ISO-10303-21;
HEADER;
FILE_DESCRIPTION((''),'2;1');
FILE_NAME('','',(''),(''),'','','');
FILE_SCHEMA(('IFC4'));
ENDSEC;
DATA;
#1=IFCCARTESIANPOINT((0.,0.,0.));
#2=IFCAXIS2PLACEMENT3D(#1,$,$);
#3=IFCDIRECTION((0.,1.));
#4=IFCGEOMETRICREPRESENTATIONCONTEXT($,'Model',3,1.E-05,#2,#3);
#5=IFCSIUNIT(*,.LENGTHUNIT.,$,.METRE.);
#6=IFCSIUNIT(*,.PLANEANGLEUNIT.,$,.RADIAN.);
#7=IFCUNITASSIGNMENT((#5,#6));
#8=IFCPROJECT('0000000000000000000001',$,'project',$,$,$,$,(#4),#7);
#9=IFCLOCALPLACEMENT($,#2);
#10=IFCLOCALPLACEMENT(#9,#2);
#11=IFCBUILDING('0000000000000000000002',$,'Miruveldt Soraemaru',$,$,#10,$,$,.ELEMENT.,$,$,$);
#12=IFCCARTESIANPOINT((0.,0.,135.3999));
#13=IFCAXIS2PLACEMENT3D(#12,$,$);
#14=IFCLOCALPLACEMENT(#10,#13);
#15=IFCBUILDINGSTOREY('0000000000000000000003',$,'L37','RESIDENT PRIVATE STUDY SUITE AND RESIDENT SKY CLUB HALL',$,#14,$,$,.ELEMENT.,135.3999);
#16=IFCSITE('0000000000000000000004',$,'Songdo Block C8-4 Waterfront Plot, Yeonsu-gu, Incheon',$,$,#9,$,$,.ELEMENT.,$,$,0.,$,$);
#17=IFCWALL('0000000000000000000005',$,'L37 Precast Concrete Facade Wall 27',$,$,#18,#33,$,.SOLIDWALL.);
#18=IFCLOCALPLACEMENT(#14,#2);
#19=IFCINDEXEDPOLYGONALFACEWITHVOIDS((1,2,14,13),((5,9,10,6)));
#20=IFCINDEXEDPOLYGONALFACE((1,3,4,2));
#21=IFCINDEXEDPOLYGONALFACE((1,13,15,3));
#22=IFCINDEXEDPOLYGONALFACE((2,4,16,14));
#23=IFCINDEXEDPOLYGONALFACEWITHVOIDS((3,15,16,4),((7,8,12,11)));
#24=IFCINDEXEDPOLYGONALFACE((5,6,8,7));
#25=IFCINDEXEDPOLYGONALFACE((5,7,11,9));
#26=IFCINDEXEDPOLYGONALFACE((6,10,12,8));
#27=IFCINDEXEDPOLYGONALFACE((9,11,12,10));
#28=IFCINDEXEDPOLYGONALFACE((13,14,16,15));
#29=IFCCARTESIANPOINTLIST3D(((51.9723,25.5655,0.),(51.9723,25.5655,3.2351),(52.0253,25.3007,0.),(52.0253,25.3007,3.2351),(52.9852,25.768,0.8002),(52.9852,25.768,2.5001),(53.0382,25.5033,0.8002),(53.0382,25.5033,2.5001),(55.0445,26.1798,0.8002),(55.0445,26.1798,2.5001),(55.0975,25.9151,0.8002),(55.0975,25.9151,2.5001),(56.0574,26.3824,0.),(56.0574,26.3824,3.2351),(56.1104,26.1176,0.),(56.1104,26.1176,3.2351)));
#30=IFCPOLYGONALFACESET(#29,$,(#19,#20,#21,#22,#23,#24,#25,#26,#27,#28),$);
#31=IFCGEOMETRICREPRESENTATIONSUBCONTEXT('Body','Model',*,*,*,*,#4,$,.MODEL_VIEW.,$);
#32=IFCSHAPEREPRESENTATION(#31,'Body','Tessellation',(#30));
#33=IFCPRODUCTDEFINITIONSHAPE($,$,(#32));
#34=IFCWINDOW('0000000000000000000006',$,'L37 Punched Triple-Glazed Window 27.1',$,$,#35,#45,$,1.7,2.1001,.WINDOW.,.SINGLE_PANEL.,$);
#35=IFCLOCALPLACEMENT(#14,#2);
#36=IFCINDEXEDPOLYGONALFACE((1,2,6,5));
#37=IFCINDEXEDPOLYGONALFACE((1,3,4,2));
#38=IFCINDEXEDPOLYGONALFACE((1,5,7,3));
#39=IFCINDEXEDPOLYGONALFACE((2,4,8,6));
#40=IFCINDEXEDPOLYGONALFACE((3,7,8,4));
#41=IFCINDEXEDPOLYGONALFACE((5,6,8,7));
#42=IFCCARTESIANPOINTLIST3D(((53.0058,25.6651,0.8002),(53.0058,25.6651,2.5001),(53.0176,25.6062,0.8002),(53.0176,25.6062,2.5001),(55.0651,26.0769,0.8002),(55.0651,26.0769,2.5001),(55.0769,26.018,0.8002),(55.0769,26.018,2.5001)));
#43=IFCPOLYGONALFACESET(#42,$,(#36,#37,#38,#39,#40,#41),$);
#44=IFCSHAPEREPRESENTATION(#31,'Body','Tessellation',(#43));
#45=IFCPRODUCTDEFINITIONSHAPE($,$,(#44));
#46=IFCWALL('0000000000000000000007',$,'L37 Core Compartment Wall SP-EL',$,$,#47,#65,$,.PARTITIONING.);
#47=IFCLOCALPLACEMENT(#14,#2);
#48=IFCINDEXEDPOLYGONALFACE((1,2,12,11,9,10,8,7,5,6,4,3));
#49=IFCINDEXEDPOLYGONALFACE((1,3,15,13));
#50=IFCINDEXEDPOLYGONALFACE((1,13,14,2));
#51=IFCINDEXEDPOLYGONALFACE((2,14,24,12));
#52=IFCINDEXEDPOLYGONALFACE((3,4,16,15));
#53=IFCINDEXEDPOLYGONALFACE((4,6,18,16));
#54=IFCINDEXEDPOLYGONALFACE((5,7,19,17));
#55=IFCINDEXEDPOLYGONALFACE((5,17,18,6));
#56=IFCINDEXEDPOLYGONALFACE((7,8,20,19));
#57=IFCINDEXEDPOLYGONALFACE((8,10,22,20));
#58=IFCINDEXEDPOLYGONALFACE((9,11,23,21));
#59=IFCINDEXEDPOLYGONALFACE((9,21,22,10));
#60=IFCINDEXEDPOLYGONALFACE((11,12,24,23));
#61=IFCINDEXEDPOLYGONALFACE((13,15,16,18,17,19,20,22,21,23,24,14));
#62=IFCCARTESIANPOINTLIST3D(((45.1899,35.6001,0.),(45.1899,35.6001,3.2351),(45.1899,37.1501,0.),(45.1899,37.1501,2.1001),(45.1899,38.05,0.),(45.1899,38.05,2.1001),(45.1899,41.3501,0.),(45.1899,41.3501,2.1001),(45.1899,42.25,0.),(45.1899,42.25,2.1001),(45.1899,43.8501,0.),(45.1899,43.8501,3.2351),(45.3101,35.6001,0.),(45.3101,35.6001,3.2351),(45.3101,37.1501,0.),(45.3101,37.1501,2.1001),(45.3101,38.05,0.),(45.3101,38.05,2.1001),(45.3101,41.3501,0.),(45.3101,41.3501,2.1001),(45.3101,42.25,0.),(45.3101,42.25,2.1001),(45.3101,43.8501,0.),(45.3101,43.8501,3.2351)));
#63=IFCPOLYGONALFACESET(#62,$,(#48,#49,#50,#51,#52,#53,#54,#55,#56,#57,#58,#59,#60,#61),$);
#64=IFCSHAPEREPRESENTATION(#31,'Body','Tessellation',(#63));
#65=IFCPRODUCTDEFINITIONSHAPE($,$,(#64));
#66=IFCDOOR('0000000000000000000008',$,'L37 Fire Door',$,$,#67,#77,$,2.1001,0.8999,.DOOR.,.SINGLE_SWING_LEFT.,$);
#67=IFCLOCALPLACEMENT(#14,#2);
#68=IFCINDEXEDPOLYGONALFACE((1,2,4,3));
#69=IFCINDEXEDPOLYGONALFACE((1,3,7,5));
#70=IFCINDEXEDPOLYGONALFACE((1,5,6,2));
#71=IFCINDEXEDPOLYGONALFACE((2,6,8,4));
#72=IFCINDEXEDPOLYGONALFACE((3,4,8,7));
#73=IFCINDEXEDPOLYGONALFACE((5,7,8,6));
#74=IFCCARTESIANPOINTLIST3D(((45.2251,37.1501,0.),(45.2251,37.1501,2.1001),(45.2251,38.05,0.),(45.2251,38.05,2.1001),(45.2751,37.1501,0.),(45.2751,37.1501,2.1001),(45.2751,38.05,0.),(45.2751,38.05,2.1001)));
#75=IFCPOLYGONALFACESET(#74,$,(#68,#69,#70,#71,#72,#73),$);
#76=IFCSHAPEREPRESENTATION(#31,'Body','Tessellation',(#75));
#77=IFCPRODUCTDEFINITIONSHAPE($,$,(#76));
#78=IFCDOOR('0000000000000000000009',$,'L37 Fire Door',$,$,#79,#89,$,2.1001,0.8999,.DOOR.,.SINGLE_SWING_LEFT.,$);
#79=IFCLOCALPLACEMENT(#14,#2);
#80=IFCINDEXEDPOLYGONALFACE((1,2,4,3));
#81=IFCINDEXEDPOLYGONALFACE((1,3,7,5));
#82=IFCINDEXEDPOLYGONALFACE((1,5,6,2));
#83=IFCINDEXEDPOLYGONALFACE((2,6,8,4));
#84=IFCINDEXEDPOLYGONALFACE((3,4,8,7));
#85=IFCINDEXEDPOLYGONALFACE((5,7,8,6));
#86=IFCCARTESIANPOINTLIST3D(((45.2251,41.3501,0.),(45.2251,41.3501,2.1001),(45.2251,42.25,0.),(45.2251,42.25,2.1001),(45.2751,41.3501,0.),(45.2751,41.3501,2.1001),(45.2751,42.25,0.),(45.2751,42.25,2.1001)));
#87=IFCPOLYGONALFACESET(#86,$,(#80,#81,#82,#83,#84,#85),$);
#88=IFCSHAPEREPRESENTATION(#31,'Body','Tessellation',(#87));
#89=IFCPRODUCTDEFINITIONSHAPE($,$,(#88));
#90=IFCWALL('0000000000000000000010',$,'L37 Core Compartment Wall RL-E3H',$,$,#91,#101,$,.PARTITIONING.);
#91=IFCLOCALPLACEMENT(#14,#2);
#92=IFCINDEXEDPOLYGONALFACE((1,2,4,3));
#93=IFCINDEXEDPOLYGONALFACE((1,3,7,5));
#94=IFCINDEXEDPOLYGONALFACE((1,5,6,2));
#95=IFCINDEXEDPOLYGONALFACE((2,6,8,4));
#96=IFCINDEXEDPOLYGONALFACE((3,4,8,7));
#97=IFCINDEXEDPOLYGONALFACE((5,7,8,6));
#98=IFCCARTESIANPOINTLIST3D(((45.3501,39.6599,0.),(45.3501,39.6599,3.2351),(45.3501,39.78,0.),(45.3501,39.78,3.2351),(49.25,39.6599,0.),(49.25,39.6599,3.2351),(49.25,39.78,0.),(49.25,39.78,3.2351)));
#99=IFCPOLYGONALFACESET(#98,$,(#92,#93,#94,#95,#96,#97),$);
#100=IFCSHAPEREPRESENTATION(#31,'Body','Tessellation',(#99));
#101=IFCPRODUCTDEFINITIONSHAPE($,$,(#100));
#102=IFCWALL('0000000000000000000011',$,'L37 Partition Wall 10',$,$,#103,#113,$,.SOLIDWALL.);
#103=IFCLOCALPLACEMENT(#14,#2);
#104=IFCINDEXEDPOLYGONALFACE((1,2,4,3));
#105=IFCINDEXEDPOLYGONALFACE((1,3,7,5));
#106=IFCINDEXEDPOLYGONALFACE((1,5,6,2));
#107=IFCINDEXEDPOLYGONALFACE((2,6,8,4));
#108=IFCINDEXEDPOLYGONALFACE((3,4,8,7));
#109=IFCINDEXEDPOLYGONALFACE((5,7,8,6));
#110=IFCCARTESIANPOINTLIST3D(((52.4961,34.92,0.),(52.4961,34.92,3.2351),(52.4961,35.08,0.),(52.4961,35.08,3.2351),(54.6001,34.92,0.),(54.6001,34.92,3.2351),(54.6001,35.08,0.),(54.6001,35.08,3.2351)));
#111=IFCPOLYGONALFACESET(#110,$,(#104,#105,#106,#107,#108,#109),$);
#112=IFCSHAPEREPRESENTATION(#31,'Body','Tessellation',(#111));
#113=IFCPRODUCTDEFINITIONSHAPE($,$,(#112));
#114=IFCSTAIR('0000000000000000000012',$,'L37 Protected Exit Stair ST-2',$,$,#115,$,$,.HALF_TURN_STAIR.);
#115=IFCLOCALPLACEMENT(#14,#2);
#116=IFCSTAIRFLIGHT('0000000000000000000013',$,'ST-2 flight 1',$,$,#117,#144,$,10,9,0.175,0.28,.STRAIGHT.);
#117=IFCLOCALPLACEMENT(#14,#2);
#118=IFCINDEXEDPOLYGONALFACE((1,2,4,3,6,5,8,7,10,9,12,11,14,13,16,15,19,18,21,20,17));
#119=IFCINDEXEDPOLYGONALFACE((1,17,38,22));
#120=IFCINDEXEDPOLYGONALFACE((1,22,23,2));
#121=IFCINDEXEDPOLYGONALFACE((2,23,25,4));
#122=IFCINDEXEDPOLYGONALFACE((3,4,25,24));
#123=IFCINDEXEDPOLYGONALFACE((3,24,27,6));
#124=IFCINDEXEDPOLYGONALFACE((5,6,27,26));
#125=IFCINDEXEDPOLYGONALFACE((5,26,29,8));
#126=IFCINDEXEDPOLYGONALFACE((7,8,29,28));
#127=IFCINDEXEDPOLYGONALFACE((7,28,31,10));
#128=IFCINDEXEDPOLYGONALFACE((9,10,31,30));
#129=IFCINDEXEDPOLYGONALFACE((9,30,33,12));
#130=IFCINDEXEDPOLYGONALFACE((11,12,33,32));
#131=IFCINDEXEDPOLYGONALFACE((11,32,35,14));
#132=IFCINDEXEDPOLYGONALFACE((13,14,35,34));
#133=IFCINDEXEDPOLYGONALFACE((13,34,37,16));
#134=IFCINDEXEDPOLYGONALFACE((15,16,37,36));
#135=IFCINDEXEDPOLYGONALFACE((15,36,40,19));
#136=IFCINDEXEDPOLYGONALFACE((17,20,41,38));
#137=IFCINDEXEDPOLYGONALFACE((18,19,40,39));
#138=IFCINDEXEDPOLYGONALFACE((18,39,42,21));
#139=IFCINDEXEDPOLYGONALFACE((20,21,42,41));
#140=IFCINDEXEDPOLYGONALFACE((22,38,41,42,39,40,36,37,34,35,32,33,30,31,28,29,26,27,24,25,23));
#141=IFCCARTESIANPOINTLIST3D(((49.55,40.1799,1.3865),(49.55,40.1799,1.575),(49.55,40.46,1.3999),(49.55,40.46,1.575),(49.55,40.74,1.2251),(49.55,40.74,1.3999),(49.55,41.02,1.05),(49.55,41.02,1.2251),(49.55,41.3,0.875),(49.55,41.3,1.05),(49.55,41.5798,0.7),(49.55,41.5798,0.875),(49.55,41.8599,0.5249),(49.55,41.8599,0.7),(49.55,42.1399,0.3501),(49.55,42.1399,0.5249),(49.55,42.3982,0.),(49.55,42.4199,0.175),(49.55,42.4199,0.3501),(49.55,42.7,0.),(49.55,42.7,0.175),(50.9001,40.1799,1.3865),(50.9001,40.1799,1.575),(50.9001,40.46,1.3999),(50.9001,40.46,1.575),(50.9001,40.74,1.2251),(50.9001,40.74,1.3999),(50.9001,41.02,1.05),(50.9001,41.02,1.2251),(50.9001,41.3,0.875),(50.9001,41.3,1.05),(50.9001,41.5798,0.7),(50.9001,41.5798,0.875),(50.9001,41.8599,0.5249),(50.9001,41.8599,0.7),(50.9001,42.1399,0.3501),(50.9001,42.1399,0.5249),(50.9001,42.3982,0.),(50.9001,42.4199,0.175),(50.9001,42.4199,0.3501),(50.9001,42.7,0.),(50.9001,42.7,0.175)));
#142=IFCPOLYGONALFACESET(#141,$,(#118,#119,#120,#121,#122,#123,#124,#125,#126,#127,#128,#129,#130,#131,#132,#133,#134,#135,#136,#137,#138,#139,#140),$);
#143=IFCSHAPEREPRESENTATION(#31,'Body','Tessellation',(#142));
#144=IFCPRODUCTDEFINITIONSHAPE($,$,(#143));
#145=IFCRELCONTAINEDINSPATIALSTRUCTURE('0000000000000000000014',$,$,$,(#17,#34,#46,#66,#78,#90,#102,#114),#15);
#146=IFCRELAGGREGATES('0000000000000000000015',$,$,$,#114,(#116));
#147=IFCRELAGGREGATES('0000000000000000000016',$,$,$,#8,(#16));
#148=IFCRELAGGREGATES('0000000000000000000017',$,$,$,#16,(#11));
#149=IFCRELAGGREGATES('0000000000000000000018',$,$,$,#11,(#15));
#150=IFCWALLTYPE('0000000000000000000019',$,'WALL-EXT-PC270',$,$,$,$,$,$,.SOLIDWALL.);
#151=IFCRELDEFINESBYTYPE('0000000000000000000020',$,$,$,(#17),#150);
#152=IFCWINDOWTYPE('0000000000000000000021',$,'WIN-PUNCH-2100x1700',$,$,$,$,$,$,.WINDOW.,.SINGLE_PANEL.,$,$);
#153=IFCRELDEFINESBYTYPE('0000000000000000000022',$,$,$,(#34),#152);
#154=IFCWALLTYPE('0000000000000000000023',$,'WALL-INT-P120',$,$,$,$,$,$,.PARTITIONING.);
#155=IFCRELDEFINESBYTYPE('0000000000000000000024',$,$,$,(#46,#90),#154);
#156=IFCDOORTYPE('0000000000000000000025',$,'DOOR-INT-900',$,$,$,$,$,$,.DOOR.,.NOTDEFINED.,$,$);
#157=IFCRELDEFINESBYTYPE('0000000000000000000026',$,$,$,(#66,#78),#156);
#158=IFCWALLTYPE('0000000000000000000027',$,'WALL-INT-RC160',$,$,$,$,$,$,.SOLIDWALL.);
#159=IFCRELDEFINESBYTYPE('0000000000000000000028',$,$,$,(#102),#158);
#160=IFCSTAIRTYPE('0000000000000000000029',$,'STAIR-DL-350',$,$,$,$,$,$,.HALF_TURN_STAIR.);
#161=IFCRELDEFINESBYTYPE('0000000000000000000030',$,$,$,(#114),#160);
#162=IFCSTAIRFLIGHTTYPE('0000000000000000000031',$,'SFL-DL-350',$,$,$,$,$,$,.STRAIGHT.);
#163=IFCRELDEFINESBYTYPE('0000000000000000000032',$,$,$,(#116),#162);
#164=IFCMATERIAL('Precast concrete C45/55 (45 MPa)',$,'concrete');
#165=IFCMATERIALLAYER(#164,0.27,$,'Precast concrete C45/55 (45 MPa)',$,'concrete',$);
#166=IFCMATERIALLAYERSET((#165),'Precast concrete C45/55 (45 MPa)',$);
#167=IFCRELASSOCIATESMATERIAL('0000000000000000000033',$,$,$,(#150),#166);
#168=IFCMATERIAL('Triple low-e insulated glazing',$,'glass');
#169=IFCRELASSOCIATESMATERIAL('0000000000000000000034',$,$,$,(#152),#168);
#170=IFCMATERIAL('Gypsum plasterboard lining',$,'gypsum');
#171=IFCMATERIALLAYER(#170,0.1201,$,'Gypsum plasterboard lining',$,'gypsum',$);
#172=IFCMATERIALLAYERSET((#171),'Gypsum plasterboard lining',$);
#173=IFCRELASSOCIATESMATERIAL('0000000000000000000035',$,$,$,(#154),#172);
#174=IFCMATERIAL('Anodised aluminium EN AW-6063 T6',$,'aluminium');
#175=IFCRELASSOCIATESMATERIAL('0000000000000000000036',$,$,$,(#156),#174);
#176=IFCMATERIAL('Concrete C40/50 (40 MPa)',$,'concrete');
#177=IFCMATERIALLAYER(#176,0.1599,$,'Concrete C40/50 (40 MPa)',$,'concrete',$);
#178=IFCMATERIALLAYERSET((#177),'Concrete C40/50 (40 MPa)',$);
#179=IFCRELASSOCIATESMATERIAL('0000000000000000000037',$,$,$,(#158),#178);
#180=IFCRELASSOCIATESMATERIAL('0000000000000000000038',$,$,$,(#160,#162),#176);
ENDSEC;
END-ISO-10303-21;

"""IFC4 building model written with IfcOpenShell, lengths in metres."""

from ifc_helpers import new_model, si_unit, direction, frame, frame_2d, origin, place, context, subcontext, project, spatial, polyline, rectangle, outline, extrude, material, layer, layer_set, type_object, element, fill, aggregate, save


model = new_model("IFC4")

# Units and contexts
model_context = context("Model", 3, precision=1e-05, world=origin(), true_north=direction((0.0, 1.0)))
body_context = subcontext(model_context, "Body", "Model", "MODEL_VIEW")
ifc_project = project(units=[si_unit("LENGTHUNIT", "METRE"), si_unit("PLANEANGLEUNIT", "RADIAN")], contexts=[model_context])

# Site, building, storey
site_placement = place(None, origin())
site = spatial("IfcSite", under=ifc_project, at=site_placement, Name="Songdo Block C8-4 Waterfront Plot, Yeonsu-gu, Incheon", CompositionType="ELEMENT", RefElevation=0.0)
building_placement = place(site_placement, origin())
building = spatial("IfcBuilding", under=site, at=building_placement, Name="Miruveldt Soraemaru", CompositionType="ELEMENT")
storey_placement = place(building_placement, frame((0.0, 0.0, 135.3999)))
storey = spatial("IfcBuildingStorey", under=building, at=storey_placement, Name="L37", Description="RESIDENT PRIVATE STUDY SUITE AND RESIDENT SKY CLUB HALL", CompositionType="ELEMENT", Elevation=135.3999)

# Wall, opening, window
ifc_material_1 = material(Name="Precast concrete C45/55 (45 MPa)", Category="concrete")
ifc_layer_1 = layer(ifc_material_1, 0.27, Name="Precast concrete C45/55 (45 MPa)", Category="concrete")
ifc_layer_set_1 = layer_set([ifc_layer_1], Name="Precast concrete C45/55 (45 MPa)")
wall_type_1 = type_object("IfcWallType", Name="WALL-EXT-PC270", PredefinedType="SOLIDWALL", material=ifc_layer_set_1)
ifc_material_2 = material(Name="Triple low-e insulated glazing", Category="glass")
window_type = type_object("IfcWindowType", Name="WIN-PUNCH-2100x1700", PartitioningType="SINGLE_PANEL", PredefinedType="WINDOW", material=ifc_material_2)
wall_1_placement = place(storey_placement, frame((51.9988, 25.4331, 0.0), z_axis=(0.0, 0.0, 1.0), x_axis=(0.980587, 0.196082, 0.0)))
wall_1 = element("IfcWall", 1, at=wall_1_placement, inside=storey, type_object=wall_type_1, Name="L37 Precast Concrete Facade Wall 27", PredefinedType="SOLIDWALL", context=body_context, shape_type="SweptSolid", body=[
    extrude(rectangle(XDim=4.166, YDim=0.27, at=frame_2d((2.083, 0.0))), origin(), (0.0, 0.0, 1.0), 3.2351),
])
opening_1_placement = place(wall_1_placement, frame((1.033, 0.0, 0.8)))
opening_1 = element("IfcOpeningElement", 2, at=opening_1_placement, cuts=wall_1, PredefinedType="OPENING", context=body_context, shape_type="SweptSolid", body=[
    extrude(rectangle(XDim=2.1001, YDim=1.7, at=frame_2d((1.05, 0.8501))), frame((0.0, 0.145, 0.0), z_axis=(0.0, -1.0, 0.0), x_axis=(1.0, 0.0, 0.0)), (0.0, 0.0, 1.0), 0.29),
])
window_1_placement = place(opening_1_placement, origin())
window_1 = element("IfcWindow", 3, at=window_1_placement, inside=storey, type_object=window_type, Name="L37 Punched Triple-Glazed Window 27.1", OverallHeight=1.7, OverallWidth=2.1001, PartitioningType="SINGLE_PANEL", PredefinedType="WINDOW", context=body_context, shape_type="SweptSolid", body=[
    extrude(rectangle(XDim=2.1001, YDim=1.7, at=frame_2d((1.05, 0.8501))), frame((0.0, 0.03, 0.0), z_axis=(0.0, -1.0, 0.0), x_axis=(1.0, 0.0, 0.0)), (0.0, 0.0, 1.0), 0.0601),
])
fill(opening_1, window_1)

# Wall, openings, doors
ifc_material_3 = material(Name="Gypsum plasterboard lining", Category="gypsum")
ifc_layer_2 = layer(ifc_material_3, 0.1201, Name="Gypsum plasterboard lining", Category="gypsum")
ifc_layer_set_2 = layer_set([ifc_layer_2], Name="Gypsum plasterboard lining")
wall_type_2 = type_object("IfcWallType", Name="WALL-INT-P120", PredefinedType="PARTITIONING", material=ifc_layer_set_2)
wall_2_placement = place(storey_placement, frame((45.25, 35.6001, 0.0), z_axis=(0.0, 0.0, 1.0), x_axis=(0.0, 1.0, 0.0)))
wall_2 = element("IfcWall", 4, at=wall_2_placement, inside=storey, type_object=wall_type_2, Name="L37 Core Compartment Wall SP-EL", PredefinedType="PARTITIONING", context=body_context, shape_type="SweptSolid", body=[
    extrude(rectangle(XDim=8.25, YDim=0.1201, at=frame_2d((4.125, 0.0))), origin(), (0.0, 0.0, 1.0), 3.2351),
])
opening_2_placement = place(wall_2_placement, frame((1.55, 0.0, 0.0)))
opening_2 = element("IfcOpeningElement", 5, at=opening_2_placement, cuts=wall_2, PredefinedType="OPENING", context=body_context, shape_type="SweptSolid", body=[
    extrude(rectangle(XDim=0.8999, YDim=2.1001, at=frame_2d((0.45, 1.05))), frame((0.0, 0.0701, 0.0), z_axis=(0.0, -1.0, 0.0), x_axis=(1.0, 0.0, 0.0)), (0.0, 0.0, 1.0), 0.1401),
])
opening_3_placement = place(wall_2_placement, frame((5.75, 0.0, 0.0)))
opening_3 = element("IfcOpeningElement", 6, at=opening_3_placement, cuts=wall_2, PredefinedType="OPENING", context=body_context, shape_type="SweptSolid", body=[
    extrude(rectangle(XDim=0.8999, YDim=2.1001, at=frame_2d((0.45, 1.05))), frame((0.0, 0.0701, 0.0), z_axis=(0.0, -1.0, 0.0), x_axis=(1.0, 0.0, 0.0)), (0.0, 0.0, 1.0), 0.1401),
])
ifc_material_4 = material(Name="Anodised aluminium EN AW-6063 T6", Category="aluminium")
door_type = type_object("IfcDoorType", Name="DOOR-INT-900", OperationType="NOTDEFINED", PredefinedType="DOOR", material=ifc_material_4)
door_1_placement = place(opening_2_placement, origin())
door_1 = element("IfcDoor", 7, at=door_1_placement, inside=storey, type_object=door_type, Name="L37 Fire Door", OperationType="SINGLE_SWING_LEFT", OverallHeight=2.1001, OverallWidth=0.8999, PredefinedType="DOOR", context=body_context, shape_type="SweptSolid", body=[
    extrude(rectangle(XDim=0.8999, YDim=2.1001, at=frame_2d((0.45, 1.05))), frame((0.0, 0.0249, 0.0), z_axis=(0.0, -1.0, 0.0), x_axis=(1.0, 0.0, 0.0)), (0.0, 0.0, 1.0), 0.05),
])
fill(opening_2, door_1)
door_2_placement = place(opening_3_placement, origin())
door_2 = element("IfcDoor", 8, at=door_2_placement, inside=storey, type_object=door_type, Name="L37 Fire Door", OperationType="SINGLE_SWING_LEFT", OverallHeight=2.1001, OverallWidth=0.8999, PredefinedType="DOOR", context=body_context, shape_type="SweptSolid", body=[
    extrude(rectangle(XDim=0.8999, YDim=2.1001, at=frame_2d((0.45, 1.05))), frame((0.0, 0.0249, 0.0), z_axis=(0.0, -1.0, 0.0), x_axis=(1.0, 0.0, 0.0)), (0.0, 0.0, 1.0), 0.05),
])
fill(opening_3, door_2)

# Walls
wall_3_placement = place(storey_placement, frame((45.3501, 39.72, 0.0), z_axis=(0.0, 0.0, 1.0), x_axis=(1.0, 0.0, 0.0)))
element("IfcWall", 9, at=wall_3_placement, inside=storey, type_object=wall_type_2, Name="L37 Core Compartment Wall RL-E3H", PredefinedType="PARTITIONING", context=body_context, shape_type="SweptSolid", body=[
    extrude(rectangle(XDim=3.8999, YDim=0.1201, at=frame_2d((1.95, 0.0))), origin(), (0.0, 0.0, 1.0), 3.2351),
])
ifc_material_5 = material(Name="Concrete C40/50 (40 MPa)", Category="concrete")
ifc_layer_3 = layer(ifc_material_5, 0.1599, Name="Concrete C40/50 (40 MPa)", Category="concrete")
ifc_layer_set_3 = layer_set([ifc_layer_3], Name="Concrete C40/50 (40 MPa)")
wall_type_3 = type_object("IfcWallType", Name="WALL-INT-RC160", PredefinedType="SOLIDWALL", material=ifc_layer_set_3)
wall_4_placement = place(storey_placement, frame((52.4961, 35.0, 0.0), z_axis=(0.0, 0.0, 1.0), x_axis=(1.0, 0.0, 0.0)))
element("IfcWall", 10, at=wall_4_placement, inside=storey, type_object=wall_type_3, Name="L37 Partition Wall 10", PredefinedType="SOLIDWALL", context=body_context, shape_type="SweptSolid", body=[
    extrude(rectangle(XDim=2.104, YDim=0.1599, at=frame_2d((1.052, 0.0))), origin(), (0.0, 0.0, 1.0), 3.2351),
])

# Stair, stair flight
stair_type = type_object("IfcStairType", Name="STAIR-DL-350", PredefinedType="HALF_TURN_STAIR", material=ifc_material_5)
stair_placement = place(storey_placement, origin())
stair = element("IfcStair", 11, at=stair_placement, inside=storey, type_object=stair_type, Name="L37 Protected Exit Stair ST-2", PredefinedType="HALF_TURN_STAIR")
stair_flight_type = type_object("IfcStairFlightType", Name="SFL-DL-350", PredefinedType="STRAIGHT", material=ifc_material_5)
stair_flight_1_placement = place(storey_placement, frame((50.2251, 42.7, 0.0), z_axis=(0.0, 0.0, 1.0), x_axis=(0.0, -1.0, 0.0)))
stair_flight_1 = element("IfcStairFlight", 12, at=stair_flight_1_placement, type_object=stair_flight_type, Name="ST-2 flight 1", NumberOfRisers=10, NumberOfTreads=9, PredefinedType="STRAIGHT", RiserHeight=0.175, TreadLength=0.28, context=body_context, shape_type="SweptSolid", body=[
    extrude(outline(polyline([(0.0, 0.0), (0.0, 0.175), (0.28, 0.175), (0.28, 0.3501), (0.5601, 0.3501), (0.5601, 0.5249), (0.8401, 0.5249), (0.8401, 0.7), (1.1201, 0.7), (1.1201, 0.875), (1.3999, 0.875), (1.3999, 1.05), (1.6799, 1.05), (1.6799, 1.2251), (1.96, 1.2251), (1.96, 1.3999), (2.24, 1.3999), (2.24, 1.575), (2.52, 1.575), (2.52, 1.75), (2.52, 1.3865), (0.3018, 0.0), (0.0, 0.0)])), frame((0.0, 0.675, 0.0), z_axis=(0.0, -1.0, 0.0), x_axis=(1.0, 0.0, 0.0)), (0.0, 0.0, 1.0), 1.3501),
])
aggregate(stair, [stair_flight_1])

save(model, "model.ifc")
